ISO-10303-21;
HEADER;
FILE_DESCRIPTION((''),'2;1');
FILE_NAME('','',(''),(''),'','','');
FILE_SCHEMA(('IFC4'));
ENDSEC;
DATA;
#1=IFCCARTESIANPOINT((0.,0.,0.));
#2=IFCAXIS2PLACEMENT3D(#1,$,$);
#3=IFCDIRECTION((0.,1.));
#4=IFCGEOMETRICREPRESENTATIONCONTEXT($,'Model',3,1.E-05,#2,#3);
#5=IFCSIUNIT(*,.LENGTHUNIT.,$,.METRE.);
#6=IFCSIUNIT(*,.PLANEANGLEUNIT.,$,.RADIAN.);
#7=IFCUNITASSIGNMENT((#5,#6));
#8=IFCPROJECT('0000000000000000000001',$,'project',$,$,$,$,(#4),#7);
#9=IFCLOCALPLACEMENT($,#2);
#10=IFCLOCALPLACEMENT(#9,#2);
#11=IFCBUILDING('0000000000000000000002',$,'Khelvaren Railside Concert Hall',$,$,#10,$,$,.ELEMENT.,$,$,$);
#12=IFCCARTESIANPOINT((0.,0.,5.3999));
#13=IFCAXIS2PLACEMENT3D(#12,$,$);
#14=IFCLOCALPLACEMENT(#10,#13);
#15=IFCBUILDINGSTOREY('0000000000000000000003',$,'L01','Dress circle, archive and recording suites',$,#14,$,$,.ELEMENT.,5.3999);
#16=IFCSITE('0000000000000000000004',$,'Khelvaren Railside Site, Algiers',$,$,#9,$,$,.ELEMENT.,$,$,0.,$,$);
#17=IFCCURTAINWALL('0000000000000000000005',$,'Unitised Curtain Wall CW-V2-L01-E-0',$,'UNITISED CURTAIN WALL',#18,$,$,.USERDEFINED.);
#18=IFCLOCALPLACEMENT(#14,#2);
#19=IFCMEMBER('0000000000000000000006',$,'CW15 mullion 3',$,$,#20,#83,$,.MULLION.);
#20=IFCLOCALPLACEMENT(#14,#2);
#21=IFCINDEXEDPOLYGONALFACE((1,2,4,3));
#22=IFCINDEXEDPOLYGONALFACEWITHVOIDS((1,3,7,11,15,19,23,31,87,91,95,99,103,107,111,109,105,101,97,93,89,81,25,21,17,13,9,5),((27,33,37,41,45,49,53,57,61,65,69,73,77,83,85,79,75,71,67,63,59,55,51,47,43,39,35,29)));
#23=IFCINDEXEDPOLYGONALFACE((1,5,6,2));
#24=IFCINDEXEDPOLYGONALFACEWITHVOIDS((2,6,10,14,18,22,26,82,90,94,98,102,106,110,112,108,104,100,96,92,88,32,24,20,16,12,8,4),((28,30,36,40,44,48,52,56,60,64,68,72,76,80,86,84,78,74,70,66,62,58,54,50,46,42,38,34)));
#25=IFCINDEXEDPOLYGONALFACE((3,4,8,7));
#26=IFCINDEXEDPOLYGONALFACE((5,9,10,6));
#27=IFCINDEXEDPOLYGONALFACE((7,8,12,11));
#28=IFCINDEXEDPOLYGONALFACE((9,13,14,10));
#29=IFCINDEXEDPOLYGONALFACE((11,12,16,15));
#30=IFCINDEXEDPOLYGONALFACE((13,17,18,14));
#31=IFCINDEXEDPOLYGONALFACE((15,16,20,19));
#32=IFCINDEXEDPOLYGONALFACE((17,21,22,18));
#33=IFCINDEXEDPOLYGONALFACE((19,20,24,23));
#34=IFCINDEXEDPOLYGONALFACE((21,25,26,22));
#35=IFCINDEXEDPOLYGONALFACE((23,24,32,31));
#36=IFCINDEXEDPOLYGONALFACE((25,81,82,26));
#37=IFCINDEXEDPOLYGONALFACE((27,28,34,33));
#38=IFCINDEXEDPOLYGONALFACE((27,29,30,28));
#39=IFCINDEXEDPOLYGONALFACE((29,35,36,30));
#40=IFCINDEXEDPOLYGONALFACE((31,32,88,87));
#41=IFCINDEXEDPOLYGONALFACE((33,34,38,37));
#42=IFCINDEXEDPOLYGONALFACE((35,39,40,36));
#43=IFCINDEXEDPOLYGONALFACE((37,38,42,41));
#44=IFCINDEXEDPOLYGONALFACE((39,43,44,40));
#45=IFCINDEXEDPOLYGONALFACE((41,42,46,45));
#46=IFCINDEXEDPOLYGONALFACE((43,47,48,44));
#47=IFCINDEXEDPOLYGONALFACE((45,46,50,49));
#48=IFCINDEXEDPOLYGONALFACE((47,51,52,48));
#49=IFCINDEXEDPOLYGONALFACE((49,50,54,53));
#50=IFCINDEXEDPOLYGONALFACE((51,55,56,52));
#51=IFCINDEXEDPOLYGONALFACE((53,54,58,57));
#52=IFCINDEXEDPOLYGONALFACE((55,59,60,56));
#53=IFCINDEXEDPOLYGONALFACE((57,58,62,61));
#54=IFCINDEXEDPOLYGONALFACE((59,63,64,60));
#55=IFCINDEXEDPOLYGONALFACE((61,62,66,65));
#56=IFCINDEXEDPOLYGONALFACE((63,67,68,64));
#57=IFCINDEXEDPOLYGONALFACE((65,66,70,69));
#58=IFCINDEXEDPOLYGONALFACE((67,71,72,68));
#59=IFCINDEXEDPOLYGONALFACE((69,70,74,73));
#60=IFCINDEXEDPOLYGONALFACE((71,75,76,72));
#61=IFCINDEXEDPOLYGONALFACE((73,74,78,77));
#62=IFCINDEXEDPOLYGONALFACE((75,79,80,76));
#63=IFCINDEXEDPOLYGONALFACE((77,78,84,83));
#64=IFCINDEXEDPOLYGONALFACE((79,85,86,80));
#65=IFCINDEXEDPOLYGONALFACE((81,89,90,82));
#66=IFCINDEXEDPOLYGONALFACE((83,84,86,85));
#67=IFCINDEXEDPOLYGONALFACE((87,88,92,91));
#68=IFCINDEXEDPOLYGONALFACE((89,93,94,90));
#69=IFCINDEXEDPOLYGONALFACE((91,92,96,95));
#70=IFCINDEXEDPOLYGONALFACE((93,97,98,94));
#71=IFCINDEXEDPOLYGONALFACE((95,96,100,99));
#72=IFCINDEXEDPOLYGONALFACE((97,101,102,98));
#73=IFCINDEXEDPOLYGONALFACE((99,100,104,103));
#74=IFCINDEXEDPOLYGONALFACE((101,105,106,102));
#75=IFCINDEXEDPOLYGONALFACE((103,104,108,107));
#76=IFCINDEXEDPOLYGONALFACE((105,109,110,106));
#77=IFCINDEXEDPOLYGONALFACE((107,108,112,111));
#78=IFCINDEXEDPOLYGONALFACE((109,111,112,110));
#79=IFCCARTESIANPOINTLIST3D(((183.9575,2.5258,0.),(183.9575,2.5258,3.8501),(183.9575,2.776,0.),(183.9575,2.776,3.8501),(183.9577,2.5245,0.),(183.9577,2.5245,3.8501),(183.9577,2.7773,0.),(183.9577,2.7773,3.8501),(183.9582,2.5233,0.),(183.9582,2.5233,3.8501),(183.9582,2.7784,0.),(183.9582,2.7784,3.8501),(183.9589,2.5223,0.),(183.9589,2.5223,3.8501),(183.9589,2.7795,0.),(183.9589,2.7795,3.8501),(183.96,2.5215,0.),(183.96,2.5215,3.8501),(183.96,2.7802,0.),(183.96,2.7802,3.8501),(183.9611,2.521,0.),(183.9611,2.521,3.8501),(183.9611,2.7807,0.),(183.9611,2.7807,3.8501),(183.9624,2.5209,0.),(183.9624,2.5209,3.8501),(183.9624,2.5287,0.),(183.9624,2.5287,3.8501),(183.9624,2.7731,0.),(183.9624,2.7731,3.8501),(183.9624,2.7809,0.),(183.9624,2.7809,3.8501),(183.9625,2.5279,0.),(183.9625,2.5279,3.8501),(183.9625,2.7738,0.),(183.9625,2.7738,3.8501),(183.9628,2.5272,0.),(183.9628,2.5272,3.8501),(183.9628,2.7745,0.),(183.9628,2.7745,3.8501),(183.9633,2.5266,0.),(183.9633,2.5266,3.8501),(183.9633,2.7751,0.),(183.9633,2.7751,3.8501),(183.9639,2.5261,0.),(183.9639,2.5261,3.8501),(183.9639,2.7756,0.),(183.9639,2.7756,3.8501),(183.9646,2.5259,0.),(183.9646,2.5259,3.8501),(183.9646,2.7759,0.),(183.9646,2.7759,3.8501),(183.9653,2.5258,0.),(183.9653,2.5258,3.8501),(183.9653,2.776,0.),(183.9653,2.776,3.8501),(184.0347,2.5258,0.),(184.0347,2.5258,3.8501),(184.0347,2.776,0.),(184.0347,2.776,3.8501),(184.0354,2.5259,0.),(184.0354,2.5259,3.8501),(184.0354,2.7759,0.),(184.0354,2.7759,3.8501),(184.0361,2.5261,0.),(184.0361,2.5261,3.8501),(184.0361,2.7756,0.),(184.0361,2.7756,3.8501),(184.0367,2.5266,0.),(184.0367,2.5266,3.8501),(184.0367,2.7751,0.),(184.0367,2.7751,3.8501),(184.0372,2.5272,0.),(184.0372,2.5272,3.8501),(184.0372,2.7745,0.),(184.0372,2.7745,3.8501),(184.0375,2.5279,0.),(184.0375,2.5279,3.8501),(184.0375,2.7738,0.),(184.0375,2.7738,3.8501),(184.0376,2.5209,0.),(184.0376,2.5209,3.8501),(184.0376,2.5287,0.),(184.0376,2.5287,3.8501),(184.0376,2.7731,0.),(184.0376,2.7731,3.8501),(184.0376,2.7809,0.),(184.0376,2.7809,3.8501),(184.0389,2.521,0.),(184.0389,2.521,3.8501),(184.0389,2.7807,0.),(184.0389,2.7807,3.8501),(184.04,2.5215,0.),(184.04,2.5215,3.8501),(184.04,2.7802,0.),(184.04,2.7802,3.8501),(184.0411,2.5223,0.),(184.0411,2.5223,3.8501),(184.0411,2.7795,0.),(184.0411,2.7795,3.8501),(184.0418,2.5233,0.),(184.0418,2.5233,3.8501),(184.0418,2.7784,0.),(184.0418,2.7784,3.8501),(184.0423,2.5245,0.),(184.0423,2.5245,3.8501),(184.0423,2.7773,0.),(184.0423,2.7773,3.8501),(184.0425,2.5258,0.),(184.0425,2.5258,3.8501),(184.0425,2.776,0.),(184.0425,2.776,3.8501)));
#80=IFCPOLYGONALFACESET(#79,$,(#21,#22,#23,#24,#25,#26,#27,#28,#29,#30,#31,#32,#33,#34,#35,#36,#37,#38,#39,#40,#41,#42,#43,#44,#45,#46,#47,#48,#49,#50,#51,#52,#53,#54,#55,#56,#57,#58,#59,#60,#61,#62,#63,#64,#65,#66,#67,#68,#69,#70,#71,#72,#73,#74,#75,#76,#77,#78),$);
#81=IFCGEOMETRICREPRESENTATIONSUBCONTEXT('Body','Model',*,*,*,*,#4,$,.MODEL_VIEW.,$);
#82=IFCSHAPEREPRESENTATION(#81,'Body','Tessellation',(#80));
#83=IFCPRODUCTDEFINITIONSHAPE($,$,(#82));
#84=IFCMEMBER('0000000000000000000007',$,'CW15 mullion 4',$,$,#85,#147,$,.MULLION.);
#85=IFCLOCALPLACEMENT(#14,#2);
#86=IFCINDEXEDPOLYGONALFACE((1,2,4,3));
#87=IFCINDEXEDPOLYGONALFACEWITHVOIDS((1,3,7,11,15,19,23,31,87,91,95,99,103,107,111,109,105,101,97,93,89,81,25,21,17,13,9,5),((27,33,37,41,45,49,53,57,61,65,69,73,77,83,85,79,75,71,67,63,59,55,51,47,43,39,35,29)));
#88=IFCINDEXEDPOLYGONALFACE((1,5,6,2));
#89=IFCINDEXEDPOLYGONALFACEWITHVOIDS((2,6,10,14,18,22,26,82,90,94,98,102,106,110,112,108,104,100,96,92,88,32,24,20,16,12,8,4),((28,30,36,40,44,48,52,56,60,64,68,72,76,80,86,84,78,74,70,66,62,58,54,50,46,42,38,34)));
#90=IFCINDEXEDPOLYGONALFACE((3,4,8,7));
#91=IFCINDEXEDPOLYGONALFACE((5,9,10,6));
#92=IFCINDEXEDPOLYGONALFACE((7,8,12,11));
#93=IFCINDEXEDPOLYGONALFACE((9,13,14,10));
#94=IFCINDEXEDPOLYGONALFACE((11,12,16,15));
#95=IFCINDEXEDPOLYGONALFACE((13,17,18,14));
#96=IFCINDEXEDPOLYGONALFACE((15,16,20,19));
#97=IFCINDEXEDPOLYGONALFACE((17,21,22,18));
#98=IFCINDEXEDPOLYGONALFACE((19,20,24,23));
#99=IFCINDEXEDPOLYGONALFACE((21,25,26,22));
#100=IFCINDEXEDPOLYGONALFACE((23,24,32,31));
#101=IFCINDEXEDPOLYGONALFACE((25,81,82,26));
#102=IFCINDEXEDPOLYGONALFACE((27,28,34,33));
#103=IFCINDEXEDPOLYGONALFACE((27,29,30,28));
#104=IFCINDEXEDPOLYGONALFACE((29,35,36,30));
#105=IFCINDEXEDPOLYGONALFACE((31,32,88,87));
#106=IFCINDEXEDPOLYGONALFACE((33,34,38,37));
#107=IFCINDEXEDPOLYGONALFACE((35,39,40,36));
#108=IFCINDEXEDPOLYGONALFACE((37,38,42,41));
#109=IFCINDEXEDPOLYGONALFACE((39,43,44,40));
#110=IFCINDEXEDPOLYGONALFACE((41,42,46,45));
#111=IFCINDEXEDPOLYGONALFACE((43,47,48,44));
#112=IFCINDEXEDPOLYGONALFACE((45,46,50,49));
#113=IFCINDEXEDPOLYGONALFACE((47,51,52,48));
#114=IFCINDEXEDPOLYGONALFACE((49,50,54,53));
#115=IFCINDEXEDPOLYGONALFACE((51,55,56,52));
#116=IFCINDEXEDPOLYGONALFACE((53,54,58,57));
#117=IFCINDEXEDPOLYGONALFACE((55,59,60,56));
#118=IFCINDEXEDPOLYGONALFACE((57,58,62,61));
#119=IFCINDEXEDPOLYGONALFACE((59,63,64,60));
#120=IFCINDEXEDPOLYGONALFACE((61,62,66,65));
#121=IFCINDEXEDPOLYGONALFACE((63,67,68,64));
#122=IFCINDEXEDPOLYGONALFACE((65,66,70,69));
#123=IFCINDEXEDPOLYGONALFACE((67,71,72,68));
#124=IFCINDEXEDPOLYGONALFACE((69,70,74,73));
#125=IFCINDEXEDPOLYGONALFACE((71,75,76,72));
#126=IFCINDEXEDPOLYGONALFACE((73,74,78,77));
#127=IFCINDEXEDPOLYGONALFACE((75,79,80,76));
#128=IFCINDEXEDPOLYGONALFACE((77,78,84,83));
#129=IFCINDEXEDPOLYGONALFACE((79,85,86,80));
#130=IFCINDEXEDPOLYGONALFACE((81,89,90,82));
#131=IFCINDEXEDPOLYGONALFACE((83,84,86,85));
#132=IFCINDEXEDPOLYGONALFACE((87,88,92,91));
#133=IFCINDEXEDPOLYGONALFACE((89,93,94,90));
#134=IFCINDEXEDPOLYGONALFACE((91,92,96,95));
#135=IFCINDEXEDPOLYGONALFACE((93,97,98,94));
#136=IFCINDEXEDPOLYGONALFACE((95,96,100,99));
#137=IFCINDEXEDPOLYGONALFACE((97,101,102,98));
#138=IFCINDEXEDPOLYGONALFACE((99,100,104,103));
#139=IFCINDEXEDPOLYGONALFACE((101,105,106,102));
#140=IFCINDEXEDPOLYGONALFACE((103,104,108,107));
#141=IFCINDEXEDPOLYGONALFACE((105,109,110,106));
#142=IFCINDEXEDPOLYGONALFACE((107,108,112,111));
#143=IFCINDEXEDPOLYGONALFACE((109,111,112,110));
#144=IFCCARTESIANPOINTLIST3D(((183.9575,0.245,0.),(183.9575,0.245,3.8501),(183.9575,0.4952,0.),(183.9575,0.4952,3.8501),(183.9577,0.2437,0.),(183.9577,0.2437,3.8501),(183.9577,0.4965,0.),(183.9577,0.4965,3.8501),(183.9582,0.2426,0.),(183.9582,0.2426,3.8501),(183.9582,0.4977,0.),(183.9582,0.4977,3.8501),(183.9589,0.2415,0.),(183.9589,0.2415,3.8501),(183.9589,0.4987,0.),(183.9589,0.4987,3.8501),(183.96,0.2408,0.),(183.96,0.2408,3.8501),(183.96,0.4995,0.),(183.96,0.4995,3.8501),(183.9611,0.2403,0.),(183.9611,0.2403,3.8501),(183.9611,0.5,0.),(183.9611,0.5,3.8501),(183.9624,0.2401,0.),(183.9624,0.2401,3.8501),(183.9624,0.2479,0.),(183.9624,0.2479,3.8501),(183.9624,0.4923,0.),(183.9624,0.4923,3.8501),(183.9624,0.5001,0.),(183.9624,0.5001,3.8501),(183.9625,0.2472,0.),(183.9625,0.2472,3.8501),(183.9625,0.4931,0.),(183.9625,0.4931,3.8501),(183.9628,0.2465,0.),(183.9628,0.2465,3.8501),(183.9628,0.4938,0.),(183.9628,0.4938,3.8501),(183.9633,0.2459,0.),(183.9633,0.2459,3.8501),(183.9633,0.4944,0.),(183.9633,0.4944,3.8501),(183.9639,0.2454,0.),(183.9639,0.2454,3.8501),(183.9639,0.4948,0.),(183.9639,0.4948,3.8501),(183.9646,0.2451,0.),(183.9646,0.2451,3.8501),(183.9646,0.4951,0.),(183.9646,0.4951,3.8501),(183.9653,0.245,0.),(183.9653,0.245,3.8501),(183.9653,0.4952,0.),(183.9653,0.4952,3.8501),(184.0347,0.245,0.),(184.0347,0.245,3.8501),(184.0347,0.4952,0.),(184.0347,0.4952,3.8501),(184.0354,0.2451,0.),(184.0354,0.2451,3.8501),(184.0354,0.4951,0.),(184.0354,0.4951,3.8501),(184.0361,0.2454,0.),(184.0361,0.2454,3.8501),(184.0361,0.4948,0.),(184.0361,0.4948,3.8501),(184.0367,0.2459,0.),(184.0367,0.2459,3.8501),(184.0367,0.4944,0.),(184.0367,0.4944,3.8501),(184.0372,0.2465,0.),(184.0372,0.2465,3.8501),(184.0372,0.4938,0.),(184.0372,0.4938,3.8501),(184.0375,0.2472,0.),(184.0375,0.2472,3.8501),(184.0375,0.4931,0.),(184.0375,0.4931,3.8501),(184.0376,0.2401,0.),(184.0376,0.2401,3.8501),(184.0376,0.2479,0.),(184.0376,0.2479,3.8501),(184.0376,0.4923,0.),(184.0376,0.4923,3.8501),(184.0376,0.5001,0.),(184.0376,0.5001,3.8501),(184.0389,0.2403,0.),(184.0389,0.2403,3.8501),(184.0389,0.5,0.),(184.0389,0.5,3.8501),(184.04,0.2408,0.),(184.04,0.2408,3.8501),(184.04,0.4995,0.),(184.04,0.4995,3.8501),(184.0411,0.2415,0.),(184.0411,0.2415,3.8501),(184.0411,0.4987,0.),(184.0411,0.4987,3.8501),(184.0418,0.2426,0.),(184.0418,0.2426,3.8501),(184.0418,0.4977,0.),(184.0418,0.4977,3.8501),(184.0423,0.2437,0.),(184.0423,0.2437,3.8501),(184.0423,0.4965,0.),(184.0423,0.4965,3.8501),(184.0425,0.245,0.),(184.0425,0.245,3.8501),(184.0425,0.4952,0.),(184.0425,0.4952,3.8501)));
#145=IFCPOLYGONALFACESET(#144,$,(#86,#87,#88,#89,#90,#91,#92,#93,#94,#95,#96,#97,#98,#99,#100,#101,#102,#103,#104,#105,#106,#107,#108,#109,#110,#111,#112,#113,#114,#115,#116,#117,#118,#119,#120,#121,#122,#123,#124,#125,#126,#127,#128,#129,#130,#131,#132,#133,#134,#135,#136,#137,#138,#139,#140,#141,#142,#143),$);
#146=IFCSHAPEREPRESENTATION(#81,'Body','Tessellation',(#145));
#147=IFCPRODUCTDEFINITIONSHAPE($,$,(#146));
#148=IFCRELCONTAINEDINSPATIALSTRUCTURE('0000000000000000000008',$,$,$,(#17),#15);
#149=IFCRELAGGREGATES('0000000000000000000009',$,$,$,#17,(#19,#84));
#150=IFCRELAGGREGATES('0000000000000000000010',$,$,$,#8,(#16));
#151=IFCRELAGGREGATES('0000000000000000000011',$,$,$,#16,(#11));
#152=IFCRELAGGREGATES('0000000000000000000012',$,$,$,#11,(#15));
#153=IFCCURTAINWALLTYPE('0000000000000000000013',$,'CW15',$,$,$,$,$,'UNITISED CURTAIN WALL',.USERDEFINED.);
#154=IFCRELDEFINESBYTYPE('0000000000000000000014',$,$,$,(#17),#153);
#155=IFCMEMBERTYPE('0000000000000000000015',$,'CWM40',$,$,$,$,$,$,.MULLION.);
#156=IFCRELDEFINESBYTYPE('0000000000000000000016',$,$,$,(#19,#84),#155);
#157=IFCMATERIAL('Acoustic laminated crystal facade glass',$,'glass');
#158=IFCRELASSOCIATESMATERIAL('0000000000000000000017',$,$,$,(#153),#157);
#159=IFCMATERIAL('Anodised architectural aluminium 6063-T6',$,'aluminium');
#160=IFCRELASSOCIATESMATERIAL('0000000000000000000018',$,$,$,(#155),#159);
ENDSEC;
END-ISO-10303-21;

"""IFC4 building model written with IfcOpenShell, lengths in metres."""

from ifc_helpers import new_model, si_unit, direction, frame, origin, origin_2d, place, context, subcontext, project, spatial, hollow_rectangle, extrude, material, material_profile, profile_set, type_object, element, aggregate, save


model = new_model("IFC4")

# Units and contexts
model_context = context("Model", 3, precision=1e-05, world=origin(), true_north=direction((0.0, 1.0)))
body_context = subcontext(model_context, "Body", "Model", "MODEL_VIEW")
ifc_project = project(units=[si_unit("LENGTHUNIT", "METRE"), si_unit("PLANEANGLEUNIT", "RADIAN")], contexts=[model_context])

# Site, building, storey
site_placement = place(None, origin())
site = spatial("IfcSite", under=ifc_project, at=site_placement, Name="Khelvaren Railside Site, Algiers", CompositionType="ELEMENT", RefElevation=0.0)
building_placement = place(site_placement, origin())
building = spatial("IfcBuilding", under=site, at=building_placement, Name="Khelvaren Railside Concert Hall", CompositionType="ELEMENT")
storey_placement = place(building_placement, frame((0.0, 0.0, 5.3999)))
storey = spatial("IfcBuildingStorey", under=building, at=storey_placement, Name="L01", Description="Dress circle, archive and recording suites", CompositionType="ELEMENT", Elevation=5.3999)

# Shared definitions
ifc_material_1 = material(Name="Acoustic laminated crystal facade glass", Category="glass")
curtain_wall_type = type_object("IfcCurtainWallType", Name="CW15", ElementType="UNITISED CURTAIN WALL", PredefinedType="USERDEFINED", material=ifc_material_1)
ifc_material_2 = material(Name="Anodised architectural aluminium 6063-T6", Category="aluminium")
ifc_material_profile_1 = material_profile(ifc_material_2, hollow_rectangle(XDim=0.085, YDim=0.26, WallThickness=0.0049, InnerFilletRadius=0.0029, OuterFilletRadius=0.0049, at=origin_2d()), Name="CWM 85x260x5")
ifc_profile_set_1 = profile_set([ifc_material_profile_1], Name="Anodised architectural aluminium 6063-T6")
member_type_1 = type_object("IfcMemberType", Name="CWM40", PredefinedType="MULLION", material=ifc_profile_set_1)

# Curtain wall, members
curtain_wall_1_placement = place(storey_placement, origin())
curtain_wall_1 = element("IfcCurtainWall", 1, at=curtain_wall_1_placement, inside=storey, type_object=curtain_wall_type, Name="Unitised Curtain Wall CW-V2-L01-E-0", ObjectType="UNITISED CURTAIN WALL", PredefinedType="USERDEFINED")
member_1_placement = place(storey_placement, frame((184.0, 2.6509, 0.0), z_axis=(0.0, 0.0, 1.0), x_axis=(1.0, 0.0, 0.0)))
member_1 = element("IfcMember", 2, at=member_1_placement, type_object=member_type_1, Name="CW15 mullion 3", PredefinedType="MULLION", context=body_context, shape_type="SweptSolid", body=[
    extrude(hollow_rectangle(XDim=0.085, YDim=0.26, WallThickness=0.0049, InnerFilletRadius=0.0029, OuterFilletRadius=0.0049, at=origin_2d()), origin(), (0.0, 0.0, 1.0), 3.8501),
])
member_2_placement = place(storey_placement, frame((184.0, 0.3701, 0.0), z_axis=(0.0, 0.0, 1.0), x_axis=(1.0, 0.0, 0.0)))
member_2 = element("IfcMember", 3, at=member_2_placement, type_object=member_type_1, Name="CW15 mullion 4", PredefinedType="MULLION", context=body_context, shape_type="SweptSolid", body=[
    extrude(hollow_rectangle(XDim=0.085, YDim=0.26, WallThickness=0.0049, InnerFilletRadius=0.0029, OuterFilletRadius=0.0049, at=origin_2d()), origin(), (0.0, 0.0, 1.0), 3.8501),
])

aggregate(curtain_wall_1, [member_1, member_2])

save(model, "model.ifc")
